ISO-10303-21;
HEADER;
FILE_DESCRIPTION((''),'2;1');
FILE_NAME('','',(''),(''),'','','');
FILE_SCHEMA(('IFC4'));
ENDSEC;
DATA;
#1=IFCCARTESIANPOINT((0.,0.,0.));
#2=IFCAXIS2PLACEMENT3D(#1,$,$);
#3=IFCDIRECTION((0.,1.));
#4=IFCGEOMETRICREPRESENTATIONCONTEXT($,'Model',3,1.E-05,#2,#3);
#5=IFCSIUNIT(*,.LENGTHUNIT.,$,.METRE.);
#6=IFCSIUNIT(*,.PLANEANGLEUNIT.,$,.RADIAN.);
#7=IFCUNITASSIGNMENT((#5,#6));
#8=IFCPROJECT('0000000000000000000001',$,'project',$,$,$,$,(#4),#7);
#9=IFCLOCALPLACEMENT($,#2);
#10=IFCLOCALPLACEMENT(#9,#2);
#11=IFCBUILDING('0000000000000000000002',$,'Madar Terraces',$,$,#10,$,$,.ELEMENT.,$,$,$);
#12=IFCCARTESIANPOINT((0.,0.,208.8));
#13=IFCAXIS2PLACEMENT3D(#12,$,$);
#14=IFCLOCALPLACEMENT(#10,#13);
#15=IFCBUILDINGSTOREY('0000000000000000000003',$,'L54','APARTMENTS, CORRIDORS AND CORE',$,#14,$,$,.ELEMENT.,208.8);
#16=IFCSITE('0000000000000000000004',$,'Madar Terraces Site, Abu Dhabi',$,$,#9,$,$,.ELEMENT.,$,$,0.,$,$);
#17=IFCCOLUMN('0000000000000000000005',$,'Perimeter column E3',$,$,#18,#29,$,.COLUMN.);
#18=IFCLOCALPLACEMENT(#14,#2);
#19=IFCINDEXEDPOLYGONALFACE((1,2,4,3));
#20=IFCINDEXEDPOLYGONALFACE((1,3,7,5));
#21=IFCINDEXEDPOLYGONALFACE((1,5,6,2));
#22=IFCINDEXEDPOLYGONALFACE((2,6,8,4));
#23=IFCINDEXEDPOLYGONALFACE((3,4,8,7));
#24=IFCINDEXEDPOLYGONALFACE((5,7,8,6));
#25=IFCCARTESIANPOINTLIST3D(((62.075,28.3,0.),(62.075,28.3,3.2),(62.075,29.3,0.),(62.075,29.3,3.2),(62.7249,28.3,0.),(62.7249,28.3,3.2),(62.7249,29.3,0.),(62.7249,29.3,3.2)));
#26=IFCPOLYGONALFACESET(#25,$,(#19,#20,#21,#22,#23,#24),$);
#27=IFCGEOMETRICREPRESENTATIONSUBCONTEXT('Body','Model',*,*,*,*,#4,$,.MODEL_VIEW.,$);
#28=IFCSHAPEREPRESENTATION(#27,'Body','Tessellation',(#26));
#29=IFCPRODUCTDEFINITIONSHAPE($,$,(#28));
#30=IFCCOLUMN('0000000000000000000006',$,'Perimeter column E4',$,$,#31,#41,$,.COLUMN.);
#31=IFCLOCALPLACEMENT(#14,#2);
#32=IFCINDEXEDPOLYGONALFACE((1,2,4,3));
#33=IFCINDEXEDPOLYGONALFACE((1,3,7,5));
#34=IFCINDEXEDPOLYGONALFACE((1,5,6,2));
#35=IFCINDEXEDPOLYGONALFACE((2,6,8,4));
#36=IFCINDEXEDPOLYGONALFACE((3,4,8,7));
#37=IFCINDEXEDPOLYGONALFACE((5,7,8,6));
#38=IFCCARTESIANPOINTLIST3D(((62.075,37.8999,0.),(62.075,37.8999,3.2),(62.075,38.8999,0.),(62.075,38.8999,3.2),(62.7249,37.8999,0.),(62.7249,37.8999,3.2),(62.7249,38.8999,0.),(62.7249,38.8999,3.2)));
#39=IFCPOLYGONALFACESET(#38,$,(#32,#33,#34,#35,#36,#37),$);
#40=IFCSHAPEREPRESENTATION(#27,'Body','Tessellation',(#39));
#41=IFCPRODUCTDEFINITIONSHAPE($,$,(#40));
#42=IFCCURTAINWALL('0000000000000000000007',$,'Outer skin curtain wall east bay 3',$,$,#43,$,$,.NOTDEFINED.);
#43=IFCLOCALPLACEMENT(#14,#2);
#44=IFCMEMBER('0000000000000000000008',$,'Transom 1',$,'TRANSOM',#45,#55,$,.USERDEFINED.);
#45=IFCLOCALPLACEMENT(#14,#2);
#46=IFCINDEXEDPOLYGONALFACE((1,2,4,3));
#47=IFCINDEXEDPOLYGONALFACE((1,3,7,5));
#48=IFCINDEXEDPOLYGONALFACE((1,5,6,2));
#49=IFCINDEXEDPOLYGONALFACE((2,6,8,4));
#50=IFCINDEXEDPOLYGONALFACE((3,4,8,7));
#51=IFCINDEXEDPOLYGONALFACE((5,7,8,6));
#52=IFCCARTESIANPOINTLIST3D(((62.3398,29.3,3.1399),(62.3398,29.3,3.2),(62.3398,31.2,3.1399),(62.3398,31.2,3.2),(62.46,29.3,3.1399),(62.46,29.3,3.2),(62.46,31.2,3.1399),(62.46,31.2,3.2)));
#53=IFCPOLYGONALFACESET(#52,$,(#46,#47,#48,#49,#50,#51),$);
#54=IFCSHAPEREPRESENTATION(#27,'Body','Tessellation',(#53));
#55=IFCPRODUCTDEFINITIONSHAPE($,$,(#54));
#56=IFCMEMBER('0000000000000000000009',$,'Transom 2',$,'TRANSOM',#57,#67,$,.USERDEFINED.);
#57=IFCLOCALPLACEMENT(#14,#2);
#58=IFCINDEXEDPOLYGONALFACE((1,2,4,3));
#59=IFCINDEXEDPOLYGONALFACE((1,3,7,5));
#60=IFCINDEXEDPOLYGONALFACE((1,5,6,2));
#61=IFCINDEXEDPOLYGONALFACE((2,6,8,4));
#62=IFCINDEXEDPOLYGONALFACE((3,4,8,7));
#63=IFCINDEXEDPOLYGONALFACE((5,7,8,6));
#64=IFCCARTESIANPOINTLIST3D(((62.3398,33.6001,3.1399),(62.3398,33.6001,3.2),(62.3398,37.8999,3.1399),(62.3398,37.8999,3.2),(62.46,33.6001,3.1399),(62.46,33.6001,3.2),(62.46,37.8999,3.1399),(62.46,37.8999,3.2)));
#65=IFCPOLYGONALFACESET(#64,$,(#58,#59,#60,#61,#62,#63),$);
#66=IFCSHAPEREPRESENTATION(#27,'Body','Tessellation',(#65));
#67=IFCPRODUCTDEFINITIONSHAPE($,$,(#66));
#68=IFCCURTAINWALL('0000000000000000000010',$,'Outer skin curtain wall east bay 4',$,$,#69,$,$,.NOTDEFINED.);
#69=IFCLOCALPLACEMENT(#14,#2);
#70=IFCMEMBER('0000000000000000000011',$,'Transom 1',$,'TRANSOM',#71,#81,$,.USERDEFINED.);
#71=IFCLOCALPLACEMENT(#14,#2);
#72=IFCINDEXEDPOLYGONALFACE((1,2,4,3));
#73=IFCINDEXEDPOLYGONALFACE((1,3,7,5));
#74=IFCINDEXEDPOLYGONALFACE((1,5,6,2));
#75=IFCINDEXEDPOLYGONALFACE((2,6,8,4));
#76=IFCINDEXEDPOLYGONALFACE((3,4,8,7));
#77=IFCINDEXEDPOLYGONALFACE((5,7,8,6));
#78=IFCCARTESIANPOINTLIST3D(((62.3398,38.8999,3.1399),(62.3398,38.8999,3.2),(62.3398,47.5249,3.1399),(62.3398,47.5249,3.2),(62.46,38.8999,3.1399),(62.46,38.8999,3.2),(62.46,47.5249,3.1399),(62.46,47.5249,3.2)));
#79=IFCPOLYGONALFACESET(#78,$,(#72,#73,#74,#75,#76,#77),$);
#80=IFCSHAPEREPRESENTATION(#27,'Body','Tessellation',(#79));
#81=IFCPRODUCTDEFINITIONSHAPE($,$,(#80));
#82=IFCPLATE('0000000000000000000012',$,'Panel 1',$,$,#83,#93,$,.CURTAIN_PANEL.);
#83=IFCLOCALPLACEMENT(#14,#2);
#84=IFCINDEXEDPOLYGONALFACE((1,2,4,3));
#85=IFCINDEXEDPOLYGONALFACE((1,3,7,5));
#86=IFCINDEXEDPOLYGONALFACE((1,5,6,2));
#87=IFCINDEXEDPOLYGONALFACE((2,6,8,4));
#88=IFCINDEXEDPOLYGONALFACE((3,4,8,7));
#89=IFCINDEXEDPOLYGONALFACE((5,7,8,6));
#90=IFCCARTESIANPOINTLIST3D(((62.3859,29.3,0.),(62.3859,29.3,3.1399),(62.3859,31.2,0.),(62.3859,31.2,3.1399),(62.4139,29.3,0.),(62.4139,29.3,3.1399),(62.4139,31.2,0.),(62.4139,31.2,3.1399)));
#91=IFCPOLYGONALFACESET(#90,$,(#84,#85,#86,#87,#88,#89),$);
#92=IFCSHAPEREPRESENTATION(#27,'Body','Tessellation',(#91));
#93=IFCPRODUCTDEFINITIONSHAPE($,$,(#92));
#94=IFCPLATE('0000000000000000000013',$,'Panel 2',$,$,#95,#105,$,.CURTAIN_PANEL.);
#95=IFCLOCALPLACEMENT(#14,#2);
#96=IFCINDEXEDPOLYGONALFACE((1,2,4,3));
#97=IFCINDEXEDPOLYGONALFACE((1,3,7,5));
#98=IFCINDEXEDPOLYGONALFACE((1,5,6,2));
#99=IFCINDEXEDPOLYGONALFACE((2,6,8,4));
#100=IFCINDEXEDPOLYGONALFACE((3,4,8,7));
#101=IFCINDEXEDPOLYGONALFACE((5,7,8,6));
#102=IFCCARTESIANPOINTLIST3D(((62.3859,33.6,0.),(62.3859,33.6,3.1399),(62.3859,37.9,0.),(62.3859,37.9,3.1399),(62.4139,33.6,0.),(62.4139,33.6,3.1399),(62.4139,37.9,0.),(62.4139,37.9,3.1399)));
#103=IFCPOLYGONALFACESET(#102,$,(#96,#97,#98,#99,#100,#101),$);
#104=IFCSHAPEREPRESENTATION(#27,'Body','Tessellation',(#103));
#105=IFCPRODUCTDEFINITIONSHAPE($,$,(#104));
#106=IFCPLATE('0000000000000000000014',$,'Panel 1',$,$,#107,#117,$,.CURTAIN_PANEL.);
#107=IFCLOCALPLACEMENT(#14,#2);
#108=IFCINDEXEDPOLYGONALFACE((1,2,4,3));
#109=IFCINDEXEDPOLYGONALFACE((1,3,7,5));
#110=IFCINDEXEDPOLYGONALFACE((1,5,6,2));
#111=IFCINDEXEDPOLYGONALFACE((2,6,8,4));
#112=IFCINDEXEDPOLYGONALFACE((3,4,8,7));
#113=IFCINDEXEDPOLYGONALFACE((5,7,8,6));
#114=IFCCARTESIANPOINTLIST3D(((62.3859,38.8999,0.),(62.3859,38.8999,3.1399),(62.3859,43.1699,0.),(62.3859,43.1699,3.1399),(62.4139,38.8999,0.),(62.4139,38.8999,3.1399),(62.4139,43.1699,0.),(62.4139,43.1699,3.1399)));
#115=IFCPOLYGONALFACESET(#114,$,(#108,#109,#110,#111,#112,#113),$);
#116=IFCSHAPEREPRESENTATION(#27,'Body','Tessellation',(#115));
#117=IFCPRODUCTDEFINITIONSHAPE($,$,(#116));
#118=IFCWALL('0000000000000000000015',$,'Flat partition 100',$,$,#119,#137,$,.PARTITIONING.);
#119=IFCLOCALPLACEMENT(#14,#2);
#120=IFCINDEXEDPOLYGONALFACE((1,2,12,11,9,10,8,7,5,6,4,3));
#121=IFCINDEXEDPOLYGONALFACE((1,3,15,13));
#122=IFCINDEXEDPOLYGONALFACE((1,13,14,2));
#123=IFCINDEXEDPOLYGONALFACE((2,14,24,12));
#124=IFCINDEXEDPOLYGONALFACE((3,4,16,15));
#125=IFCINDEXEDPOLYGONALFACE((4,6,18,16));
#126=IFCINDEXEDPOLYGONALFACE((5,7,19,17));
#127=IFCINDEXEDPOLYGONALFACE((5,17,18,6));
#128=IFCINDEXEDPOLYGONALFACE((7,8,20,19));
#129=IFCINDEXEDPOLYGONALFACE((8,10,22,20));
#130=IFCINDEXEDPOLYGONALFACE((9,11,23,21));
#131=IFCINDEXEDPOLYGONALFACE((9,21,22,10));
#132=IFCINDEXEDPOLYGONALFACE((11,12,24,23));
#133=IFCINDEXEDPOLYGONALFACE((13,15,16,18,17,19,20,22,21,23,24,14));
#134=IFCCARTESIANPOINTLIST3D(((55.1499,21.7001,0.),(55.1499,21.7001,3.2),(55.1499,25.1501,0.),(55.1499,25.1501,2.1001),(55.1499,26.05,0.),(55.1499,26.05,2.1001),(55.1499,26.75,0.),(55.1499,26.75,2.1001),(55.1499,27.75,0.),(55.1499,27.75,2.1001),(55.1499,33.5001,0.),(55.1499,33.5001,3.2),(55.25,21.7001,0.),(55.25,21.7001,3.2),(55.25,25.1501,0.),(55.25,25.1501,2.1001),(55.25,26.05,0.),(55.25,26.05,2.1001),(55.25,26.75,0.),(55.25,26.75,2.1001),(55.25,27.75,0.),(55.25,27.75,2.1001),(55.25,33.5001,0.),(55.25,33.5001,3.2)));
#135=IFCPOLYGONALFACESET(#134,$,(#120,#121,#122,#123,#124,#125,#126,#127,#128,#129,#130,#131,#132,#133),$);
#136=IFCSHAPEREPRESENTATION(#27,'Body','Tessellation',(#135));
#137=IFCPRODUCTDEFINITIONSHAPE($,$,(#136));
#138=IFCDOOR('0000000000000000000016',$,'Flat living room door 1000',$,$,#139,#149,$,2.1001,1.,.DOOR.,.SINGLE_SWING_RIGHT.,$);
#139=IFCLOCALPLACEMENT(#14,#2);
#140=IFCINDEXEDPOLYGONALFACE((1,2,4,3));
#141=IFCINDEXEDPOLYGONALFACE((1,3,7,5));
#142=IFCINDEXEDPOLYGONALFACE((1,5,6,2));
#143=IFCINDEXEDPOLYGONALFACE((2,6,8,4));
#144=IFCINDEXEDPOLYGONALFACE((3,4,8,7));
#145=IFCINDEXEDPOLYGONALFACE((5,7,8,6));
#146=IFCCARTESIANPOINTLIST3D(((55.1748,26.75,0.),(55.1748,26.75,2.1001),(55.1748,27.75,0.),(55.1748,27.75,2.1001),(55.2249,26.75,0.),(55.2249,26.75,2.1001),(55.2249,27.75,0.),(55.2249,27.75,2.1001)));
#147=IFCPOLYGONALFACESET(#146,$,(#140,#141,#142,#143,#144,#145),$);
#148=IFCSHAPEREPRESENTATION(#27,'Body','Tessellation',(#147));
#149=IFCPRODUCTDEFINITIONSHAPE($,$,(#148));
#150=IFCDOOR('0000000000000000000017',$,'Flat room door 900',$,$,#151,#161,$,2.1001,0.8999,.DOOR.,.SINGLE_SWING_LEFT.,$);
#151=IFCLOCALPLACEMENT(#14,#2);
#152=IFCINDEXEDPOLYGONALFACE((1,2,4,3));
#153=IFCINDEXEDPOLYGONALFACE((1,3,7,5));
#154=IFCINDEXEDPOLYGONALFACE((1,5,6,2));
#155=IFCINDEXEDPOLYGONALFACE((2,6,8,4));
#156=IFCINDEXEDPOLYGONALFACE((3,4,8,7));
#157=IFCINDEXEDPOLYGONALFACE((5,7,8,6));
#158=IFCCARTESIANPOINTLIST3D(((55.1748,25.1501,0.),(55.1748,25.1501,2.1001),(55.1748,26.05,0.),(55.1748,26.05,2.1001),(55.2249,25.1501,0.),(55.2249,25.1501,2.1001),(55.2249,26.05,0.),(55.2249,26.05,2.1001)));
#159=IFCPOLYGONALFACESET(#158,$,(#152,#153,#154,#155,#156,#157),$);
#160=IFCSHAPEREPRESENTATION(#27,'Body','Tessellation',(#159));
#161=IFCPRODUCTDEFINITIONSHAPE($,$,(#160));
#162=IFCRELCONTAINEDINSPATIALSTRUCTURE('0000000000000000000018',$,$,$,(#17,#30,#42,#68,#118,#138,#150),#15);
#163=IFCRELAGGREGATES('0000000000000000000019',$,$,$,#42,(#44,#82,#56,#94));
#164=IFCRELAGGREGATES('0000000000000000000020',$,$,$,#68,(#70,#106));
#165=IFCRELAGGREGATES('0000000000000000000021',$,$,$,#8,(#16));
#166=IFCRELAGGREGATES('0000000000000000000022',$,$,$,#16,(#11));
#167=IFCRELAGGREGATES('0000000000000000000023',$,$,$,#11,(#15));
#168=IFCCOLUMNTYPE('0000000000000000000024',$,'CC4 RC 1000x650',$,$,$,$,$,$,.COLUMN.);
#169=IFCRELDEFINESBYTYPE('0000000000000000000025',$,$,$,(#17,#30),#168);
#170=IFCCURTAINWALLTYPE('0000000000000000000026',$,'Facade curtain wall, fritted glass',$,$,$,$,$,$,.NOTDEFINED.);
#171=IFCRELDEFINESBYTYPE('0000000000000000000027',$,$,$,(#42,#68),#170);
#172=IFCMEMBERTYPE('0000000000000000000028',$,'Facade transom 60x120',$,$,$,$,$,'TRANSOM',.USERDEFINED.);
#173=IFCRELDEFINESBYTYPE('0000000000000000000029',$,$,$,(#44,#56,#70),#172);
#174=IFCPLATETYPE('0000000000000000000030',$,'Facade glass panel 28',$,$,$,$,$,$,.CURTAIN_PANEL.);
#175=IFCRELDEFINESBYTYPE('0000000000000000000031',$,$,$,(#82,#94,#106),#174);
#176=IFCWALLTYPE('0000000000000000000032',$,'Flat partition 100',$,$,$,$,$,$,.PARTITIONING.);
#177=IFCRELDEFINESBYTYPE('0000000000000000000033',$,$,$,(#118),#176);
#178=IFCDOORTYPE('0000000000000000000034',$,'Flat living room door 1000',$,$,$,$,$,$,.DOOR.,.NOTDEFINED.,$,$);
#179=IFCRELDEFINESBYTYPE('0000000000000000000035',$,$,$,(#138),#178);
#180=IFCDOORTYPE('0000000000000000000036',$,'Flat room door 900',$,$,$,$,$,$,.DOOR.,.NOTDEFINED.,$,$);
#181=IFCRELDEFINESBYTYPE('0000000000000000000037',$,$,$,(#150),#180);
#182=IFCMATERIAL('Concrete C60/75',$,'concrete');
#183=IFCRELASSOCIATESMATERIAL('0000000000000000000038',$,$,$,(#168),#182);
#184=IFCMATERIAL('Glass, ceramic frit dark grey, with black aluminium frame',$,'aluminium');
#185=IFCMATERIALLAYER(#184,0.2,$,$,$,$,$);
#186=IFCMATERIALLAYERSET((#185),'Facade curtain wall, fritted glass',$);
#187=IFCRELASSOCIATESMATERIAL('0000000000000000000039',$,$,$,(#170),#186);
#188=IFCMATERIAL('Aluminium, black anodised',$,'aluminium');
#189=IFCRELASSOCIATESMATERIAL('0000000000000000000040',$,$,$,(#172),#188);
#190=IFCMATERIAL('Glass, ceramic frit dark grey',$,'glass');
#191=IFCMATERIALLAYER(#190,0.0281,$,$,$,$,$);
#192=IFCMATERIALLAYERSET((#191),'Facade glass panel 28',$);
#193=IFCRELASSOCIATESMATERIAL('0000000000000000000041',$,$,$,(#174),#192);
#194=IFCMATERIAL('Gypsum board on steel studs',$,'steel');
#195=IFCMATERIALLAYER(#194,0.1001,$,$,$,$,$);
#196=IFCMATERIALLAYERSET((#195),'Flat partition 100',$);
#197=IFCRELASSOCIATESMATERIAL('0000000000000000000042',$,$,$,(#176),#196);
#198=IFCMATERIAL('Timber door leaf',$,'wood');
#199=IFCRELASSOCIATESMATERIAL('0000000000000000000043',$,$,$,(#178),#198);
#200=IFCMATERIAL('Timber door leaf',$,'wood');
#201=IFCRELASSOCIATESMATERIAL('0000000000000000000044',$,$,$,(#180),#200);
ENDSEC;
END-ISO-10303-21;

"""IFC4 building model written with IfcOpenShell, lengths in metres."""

from ifc_helpers import new_model, si_unit, direction, frame, frame_2d, origin, origin_2d, place, context, subcontext, project, spatial, rectangle, extrude, material, layer, layer_set, material_profile, profile_set, type_object, element, fill, aggregate, save


model = new_model("IFC4")

# Units and contexts
model_context = context("Model", 3, precision=1e-05, world=origin(), true_north=direction((0.0, 1.0)))
body_context = subcontext(model_context, "Body", "Model", "MODEL_VIEW")
ifc_project = project(units=[si_unit("LENGTHUNIT", "METRE"), si_unit("PLANEANGLEUNIT", "RADIAN")], contexts=[model_context])

# Site, building, storey
site_placement = place(None, origin())
site = spatial("IfcSite", under=ifc_project, at=site_placement, Name="Madar Terraces Site, Abu Dhabi", CompositionType="ELEMENT", RefElevation=0.0)
building_placement = place(site_placement, origin())
building = spatial("IfcBuilding", under=site, at=building_placement, Name="Madar Terraces", CompositionType="ELEMENT")
storey_placement = place(building_placement, frame((0.0, 0.0, 208.8)))
storey = spatial("IfcBuildingStorey", under=building, at=storey_placement, Name="L54", Description="APARTMENTS, CORRIDORS AND CORE", CompositionType="ELEMENT", Elevation=208.8)

# Columns
ifc_material_1 = material(Name="Concrete C60/75", Category="concrete")
ifc_material_profile_1 = material_profile(ifc_material_1, rectangle(XDim=1.0, YDim=0.6499, at=origin_2d()), Name="CC4 RC 1000x650")
ifc_profile_set_1 = profile_set([ifc_material_profile_1], Name="Concrete C60/75")
column_type = type_object("IfcColumnType", Name="CC4 RC 1000x650", PredefinedType="COLUMN", material=ifc_profile_set_1)
for number, where, z_axis, x_axis, name in (
    (1, (62.3999, 28.8, 0.0), (0.0, 0.0, 1.0), (0.0, 1.0, 0.0), "Perimeter column E3"),
    (2, (62.3999, 38.3999, 0.0), (0.0, 0.0, 1.0), (0.0, 1.0, 0.0), "Perimeter column E4"),
):
    element("IfcColumn", number, at=place(storey_placement, frame(where, z_axis=z_axis, x_axis=x_axis)), inside=storey, type_object=column_type, Name=name, PredefinedType="COLUMN", context=body_context, shape_type="SweptSolid", body=[
        extrude(rectangle(XDim=1.0, YDim=0.6499, at=origin_2d()), origin(), (0.0, 0.0, 1.0), 3.2),
    ])

# Curtain wall, members
ifc_material_2 = material(Name="Glass, ceramic frit dark grey, with black aluminium frame", Category="aluminium")
ifc_layer_1 = layer(ifc_material_2, 0.2)
ifc_layer_set_1 = layer_set([ifc_layer_1], Name="Facade curtain wall, fritted glass")
curtain_wall_type = type_object("IfcCurtainWallType", Name="Facade curtain wall, fritted glass", PredefinedType="NOTDEFINED", material=ifc_layer_set_1)
curtain_wall_1_placement = place(storey_placement, origin())
curtain_wall_1 = element("IfcCurtainWall", 3, at=curtain_wall_1_placement, inside=storey, type_object=curtain_wall_type, Name="Outer skin curtain wall east bay 3", PredefinedType="NOTDEFINED")
ifc_material_3 = material(Name="Aluminium, black anodised", Category="aluminium")
ifc_material_profile_2 = material_profile(ifc_material_3, rectangle(XDim=0.1201, YDim=0.0601, at=origin_2d()), Name="Facade transom 60x120")
ifc_profile_set_2 = profile_set([ifc_material_profile_2], Name="Aluminium, black anodised")
member_type = type_object("IfcMemberType", Name="Facade transom 60x120", ElementType="TRANSOM", PredefinedType="USERDEFINED", material=ifc_profile_set_2)
member_1_placement = place(storey_placement, frame((62.3999, 29.3, 3.1699), z_axis=(0.0, 1.0, 0.0), x_axis=(-1.0, 0.0, 0.0)))
member_1 = element("IfcMember", 4, at=member_1_placement, type_object=member_type, Name="Transom 1", ObjectType="TRANSOM", PredefinedType="USERDEFINED", context=body_context, shape_type="SweptSolid", body=[
    extrude(rectangle(XDim=0.1201, YDim=0.0601, at=origin_2d()), origin(), (0.0, 0.0, 1.0), 1.8999),
])
member_2_placement = place(storey_placement, frame((62.3999, 33.6001, 3.1699), z_axis=(0.0, 1.0, 0.0), x_axis=(-1.0, 0.0, 0.0)))
member_2 = element("IfcMember", 5, at=member_2_placement, type_object=member_type, Name="Transom 2", ObjectType="TRANSOM", PredefinedType="USERDEFINED", context=body_context, shape_type="SweptSolid", body=[
    extrude(rectangle(XDim=0.1201, YDim=0.0601, at=origin_2d()), origin(), (0.0, 0.0, 1.0), 4.2998),
])

# Curtain wall, member
curtain_wall_2_placement = place(storey_placement, origin())
curtain_wall_2 = element("IfcCurtainWall", 6, at=curtain_wall_2_placement, inside=storey, type_object=curtain_wall_type, Name="Outer skin curtain wall east bay 4", PredefinedType="NOTDEFINED")
member_3_placement = place(storey_placement, frame((62.3999, 38.8999, 3.1699), z_axis=(0.0, 1.0, 0.0), x_axis=(-1.0, 0.0, 0.0)))
member_3 = element("IfcMember", 7, at=member_3_placement, type_object=member_type, Name="Transom 1", ObjectType="TRANSOM", PredefinedType="USERDEFINED", context=body_context, shape_type="SweptSolid", body=[
    extrude(rectangle(XDim=0.1201, YDim=0.0601, at=origin_2d()), origin(), (0.0, 0.0, 1.0), 8.625),
])

# Plates
ifc_material_4 = material(Name="Glass, ceramic frit dark grey", Category="glass")
ifc_layer_2 = layer(ifc_material_4, 0.0281)
ifc_layer_set_2 = layer_set([ifc_layer_2], Name="Facade glass panel 28")
plate_type = type_object("IfcPlateType", Name="Facade glass panel 28", PredefinedType="CURTAIN_PANEL", material=ifc_layer_set_2)
plate_1_placement = place(storey_placement, frame((62.3999, 30.25, 0.0), z_axis=(0.0, 0.0, 1.0), x_axis=(0.0, 1.0, 0.0)))
plate_1 = element("IfcPlate", 8, at=plate_1_placement, type_object=plate_type, Name="Panel 1", PredefinedType="CURTAIN_PANEL", context=body_context, shape_type="SweptSolid", body=[
    extrude(rectangle(XDim=1.8999, YDim=0.0281, at=origin_2d()), origin(), (0.0, 0.0, 1.0), 3.1399),
])
plate_2_placement = place(storey_placement, frame((62.3999, 35.75, 0.0), z_axis=(0.0, 0.0, 1.0), x_axis=(0.0, 1.0, 0.0)))
plate_2 = element("IfcPlate", 9, at=plate_2_placement, type_object=plate_type, Name="Panel 2", PredefinedType="CURTAIN_PANEL", context=body_context, shape_type="SweptSolid", body=[
    extrude(rectangle(XDim=4.3, YDim=0.0281, at=origin_2d()), origin(), (0.0, 0.0, 1.0), 3.1399),
])
aggregate(curtain_wall_1, [member_1, plate_1, member_2, plate_2])
plate_3_placement = place(storey_placement, frame((62.3999, 41.0349, 0.0), z_axis=(0.0, 0.0, 1.0), x_axis=(0.0, 1.0, 0.0)))
plate_3 = element("IfcPlate", 10, at=plate_3_placement, type_object=plate_type, Name="Panel 1", PredefinedType="CURTAIN_PANEL", context=body_context, shape_type="SweptSolid", body=[
    extrude(rectangle(XDim=4.27, YDim=0.0281, at=origin_2d()), origin(), (0.0, 0.0, 1.0), 3.1399),
])
aggregate(curtain_wall_2, [member_3, plate_3])

# Wall, openings, doors
ifc_material_5 = material(Name="Gypsum board on steel studs", Category="steel")
ifc_layer_3 = layer(ifc_material_5, 0.1001)
ifc_layer_set_3 = layer_set([ifc_layer_3], Name="Flat partition 100")
wall_type_1 = type_object("IfcWallType", Name="Flat partition 100", PredefinedType="PARTITIONING", material=ifc_layer_set_3)
wall_1_placement = place(storey_placement, frame((55.2, 33.5, 0.0), z_axis=(0.0, 0.0, 1.0), x_axis=(0.0, -1.0, 0.0)))
wall_1 = element("IfcWall", 11, at=wall_1_placement, inside=storey, type_object=wall_type_1, Name="Flat partition 100", PredefinedType="PARTITIONING", context=body_context, shape_type="SweptSolid", body=[
    extrude(rectangle(XDim=11.8, YDim=0.1001, at=frame_2d((5.8999, 0.0))), origin(), (0.0, 0.0, 1.0), 3.2),
])
opening_1_placement = place(wall_1_placement, frame((5.75, 0.0, 0.0)))
opening_1 = element("IfcOpeningElement", 12, at=opening_1_placement, cuts=wall_1, PredefinedType="OPENING", context=body_context, shape_type="SweptSolid", body=[
    extrude(rectangle(XDim=1.0, YDim=2.1001, at=frame_2d((0.5, 1.05))), frame((0.0, 0.0601, 0.0), z_axis=(0.0, -1.0, 0.0), x_axis=(1.0, 0.0, 0.0)), (0.0, 0.0, 1.0), 0.1201),
])
opening_2_placement = place(wall_1_placement, frame((7.45, 0.0, 0.0)))
opening_2 = element("IfcOpeningElement", 13, at=opening_2_placement, cuts=wall_1, PredefinedType="OPENING", context=body_context, shape_type="SweptSolid", body=[
    extrude(rectangle(XDim=0.8999, YDim=2.1001, at=frame_2d((0.45, 1.05))), frame((0.0, 0.0601, 0.0), z_axis=(0.0, -1.0, 0.0), x_axis=(1.0, 0.0, 0.0)), (0.0, 0.0, 1.0), 0.1201),
])
ifc_material_6 = material(Name="Timber door leaf", Category="wood")
door_type_1 = type_object("IfcDoorType", Name="Flat living room door 1000", OperationType="NOTDEFINED", PredefinedType="DOOR", material=ifc_material_6)
door_1_placement = place(opening_1_placement, origin())
door_1 = element("IfcDoor", 14, at=door_1_placement, inside=storey, type_object=door_type_1, Name="Flat living room door 1000", OperationType="SINGLE_SWING_RIGHT", OverallHeight=2.1001, OverallWidth=1.0, PredefinedType="DOOR", context=body_context, shape_type="SweptSolid", body=[
    extrude(rectangle(XDim=1.0, YDim=2.1001, at=frame_2d((0.5, 1.05))), frame((0.0, 0.0249, 0.0), z_axis=(0.0, -1.0, 0.0), x_axis=(1.0, 0.0, 0.0)), (0.0, 0.0, 1.0), 0.05),
])
fill(opening_1, door_1)
ifc_material_7 = material(Name="Timber door leaf", Category="wood")
door_type_2 = type_object("IfcDoorType", Name="Flat room door 900", OperationType="NOTDEFINED", PredefinedType="DOOR", material=ifc_material_7)
door_2_placement = place(opening_2_placement, origin())
door_2 = element("IfcDoor", 15, at=door_2_placement, inside=storey, type_object=door_type_2, Name="Flat room door 900", OperationType="SINGLE_SWING_LEFT", OverallHeight=2.1001, OverallWidth=0.8999, PredefinedType="DOOR", context=body_context, shape_type="SweptSolid", body=[
    extrude(rectangle(XDim=0.8999, YDim=2.1001, at=frame_2d((0.45, 1.05))), frame((0.0, 0.0249, 0.0), z_axis=(0.0, -1.0, 0.0), x_axis=(1.0, 0.0, 0.0)), (0.0, 0.0, 1.0), 0.05),
])
fill(opening_2, door_2)

save(model, "model.ifc")
